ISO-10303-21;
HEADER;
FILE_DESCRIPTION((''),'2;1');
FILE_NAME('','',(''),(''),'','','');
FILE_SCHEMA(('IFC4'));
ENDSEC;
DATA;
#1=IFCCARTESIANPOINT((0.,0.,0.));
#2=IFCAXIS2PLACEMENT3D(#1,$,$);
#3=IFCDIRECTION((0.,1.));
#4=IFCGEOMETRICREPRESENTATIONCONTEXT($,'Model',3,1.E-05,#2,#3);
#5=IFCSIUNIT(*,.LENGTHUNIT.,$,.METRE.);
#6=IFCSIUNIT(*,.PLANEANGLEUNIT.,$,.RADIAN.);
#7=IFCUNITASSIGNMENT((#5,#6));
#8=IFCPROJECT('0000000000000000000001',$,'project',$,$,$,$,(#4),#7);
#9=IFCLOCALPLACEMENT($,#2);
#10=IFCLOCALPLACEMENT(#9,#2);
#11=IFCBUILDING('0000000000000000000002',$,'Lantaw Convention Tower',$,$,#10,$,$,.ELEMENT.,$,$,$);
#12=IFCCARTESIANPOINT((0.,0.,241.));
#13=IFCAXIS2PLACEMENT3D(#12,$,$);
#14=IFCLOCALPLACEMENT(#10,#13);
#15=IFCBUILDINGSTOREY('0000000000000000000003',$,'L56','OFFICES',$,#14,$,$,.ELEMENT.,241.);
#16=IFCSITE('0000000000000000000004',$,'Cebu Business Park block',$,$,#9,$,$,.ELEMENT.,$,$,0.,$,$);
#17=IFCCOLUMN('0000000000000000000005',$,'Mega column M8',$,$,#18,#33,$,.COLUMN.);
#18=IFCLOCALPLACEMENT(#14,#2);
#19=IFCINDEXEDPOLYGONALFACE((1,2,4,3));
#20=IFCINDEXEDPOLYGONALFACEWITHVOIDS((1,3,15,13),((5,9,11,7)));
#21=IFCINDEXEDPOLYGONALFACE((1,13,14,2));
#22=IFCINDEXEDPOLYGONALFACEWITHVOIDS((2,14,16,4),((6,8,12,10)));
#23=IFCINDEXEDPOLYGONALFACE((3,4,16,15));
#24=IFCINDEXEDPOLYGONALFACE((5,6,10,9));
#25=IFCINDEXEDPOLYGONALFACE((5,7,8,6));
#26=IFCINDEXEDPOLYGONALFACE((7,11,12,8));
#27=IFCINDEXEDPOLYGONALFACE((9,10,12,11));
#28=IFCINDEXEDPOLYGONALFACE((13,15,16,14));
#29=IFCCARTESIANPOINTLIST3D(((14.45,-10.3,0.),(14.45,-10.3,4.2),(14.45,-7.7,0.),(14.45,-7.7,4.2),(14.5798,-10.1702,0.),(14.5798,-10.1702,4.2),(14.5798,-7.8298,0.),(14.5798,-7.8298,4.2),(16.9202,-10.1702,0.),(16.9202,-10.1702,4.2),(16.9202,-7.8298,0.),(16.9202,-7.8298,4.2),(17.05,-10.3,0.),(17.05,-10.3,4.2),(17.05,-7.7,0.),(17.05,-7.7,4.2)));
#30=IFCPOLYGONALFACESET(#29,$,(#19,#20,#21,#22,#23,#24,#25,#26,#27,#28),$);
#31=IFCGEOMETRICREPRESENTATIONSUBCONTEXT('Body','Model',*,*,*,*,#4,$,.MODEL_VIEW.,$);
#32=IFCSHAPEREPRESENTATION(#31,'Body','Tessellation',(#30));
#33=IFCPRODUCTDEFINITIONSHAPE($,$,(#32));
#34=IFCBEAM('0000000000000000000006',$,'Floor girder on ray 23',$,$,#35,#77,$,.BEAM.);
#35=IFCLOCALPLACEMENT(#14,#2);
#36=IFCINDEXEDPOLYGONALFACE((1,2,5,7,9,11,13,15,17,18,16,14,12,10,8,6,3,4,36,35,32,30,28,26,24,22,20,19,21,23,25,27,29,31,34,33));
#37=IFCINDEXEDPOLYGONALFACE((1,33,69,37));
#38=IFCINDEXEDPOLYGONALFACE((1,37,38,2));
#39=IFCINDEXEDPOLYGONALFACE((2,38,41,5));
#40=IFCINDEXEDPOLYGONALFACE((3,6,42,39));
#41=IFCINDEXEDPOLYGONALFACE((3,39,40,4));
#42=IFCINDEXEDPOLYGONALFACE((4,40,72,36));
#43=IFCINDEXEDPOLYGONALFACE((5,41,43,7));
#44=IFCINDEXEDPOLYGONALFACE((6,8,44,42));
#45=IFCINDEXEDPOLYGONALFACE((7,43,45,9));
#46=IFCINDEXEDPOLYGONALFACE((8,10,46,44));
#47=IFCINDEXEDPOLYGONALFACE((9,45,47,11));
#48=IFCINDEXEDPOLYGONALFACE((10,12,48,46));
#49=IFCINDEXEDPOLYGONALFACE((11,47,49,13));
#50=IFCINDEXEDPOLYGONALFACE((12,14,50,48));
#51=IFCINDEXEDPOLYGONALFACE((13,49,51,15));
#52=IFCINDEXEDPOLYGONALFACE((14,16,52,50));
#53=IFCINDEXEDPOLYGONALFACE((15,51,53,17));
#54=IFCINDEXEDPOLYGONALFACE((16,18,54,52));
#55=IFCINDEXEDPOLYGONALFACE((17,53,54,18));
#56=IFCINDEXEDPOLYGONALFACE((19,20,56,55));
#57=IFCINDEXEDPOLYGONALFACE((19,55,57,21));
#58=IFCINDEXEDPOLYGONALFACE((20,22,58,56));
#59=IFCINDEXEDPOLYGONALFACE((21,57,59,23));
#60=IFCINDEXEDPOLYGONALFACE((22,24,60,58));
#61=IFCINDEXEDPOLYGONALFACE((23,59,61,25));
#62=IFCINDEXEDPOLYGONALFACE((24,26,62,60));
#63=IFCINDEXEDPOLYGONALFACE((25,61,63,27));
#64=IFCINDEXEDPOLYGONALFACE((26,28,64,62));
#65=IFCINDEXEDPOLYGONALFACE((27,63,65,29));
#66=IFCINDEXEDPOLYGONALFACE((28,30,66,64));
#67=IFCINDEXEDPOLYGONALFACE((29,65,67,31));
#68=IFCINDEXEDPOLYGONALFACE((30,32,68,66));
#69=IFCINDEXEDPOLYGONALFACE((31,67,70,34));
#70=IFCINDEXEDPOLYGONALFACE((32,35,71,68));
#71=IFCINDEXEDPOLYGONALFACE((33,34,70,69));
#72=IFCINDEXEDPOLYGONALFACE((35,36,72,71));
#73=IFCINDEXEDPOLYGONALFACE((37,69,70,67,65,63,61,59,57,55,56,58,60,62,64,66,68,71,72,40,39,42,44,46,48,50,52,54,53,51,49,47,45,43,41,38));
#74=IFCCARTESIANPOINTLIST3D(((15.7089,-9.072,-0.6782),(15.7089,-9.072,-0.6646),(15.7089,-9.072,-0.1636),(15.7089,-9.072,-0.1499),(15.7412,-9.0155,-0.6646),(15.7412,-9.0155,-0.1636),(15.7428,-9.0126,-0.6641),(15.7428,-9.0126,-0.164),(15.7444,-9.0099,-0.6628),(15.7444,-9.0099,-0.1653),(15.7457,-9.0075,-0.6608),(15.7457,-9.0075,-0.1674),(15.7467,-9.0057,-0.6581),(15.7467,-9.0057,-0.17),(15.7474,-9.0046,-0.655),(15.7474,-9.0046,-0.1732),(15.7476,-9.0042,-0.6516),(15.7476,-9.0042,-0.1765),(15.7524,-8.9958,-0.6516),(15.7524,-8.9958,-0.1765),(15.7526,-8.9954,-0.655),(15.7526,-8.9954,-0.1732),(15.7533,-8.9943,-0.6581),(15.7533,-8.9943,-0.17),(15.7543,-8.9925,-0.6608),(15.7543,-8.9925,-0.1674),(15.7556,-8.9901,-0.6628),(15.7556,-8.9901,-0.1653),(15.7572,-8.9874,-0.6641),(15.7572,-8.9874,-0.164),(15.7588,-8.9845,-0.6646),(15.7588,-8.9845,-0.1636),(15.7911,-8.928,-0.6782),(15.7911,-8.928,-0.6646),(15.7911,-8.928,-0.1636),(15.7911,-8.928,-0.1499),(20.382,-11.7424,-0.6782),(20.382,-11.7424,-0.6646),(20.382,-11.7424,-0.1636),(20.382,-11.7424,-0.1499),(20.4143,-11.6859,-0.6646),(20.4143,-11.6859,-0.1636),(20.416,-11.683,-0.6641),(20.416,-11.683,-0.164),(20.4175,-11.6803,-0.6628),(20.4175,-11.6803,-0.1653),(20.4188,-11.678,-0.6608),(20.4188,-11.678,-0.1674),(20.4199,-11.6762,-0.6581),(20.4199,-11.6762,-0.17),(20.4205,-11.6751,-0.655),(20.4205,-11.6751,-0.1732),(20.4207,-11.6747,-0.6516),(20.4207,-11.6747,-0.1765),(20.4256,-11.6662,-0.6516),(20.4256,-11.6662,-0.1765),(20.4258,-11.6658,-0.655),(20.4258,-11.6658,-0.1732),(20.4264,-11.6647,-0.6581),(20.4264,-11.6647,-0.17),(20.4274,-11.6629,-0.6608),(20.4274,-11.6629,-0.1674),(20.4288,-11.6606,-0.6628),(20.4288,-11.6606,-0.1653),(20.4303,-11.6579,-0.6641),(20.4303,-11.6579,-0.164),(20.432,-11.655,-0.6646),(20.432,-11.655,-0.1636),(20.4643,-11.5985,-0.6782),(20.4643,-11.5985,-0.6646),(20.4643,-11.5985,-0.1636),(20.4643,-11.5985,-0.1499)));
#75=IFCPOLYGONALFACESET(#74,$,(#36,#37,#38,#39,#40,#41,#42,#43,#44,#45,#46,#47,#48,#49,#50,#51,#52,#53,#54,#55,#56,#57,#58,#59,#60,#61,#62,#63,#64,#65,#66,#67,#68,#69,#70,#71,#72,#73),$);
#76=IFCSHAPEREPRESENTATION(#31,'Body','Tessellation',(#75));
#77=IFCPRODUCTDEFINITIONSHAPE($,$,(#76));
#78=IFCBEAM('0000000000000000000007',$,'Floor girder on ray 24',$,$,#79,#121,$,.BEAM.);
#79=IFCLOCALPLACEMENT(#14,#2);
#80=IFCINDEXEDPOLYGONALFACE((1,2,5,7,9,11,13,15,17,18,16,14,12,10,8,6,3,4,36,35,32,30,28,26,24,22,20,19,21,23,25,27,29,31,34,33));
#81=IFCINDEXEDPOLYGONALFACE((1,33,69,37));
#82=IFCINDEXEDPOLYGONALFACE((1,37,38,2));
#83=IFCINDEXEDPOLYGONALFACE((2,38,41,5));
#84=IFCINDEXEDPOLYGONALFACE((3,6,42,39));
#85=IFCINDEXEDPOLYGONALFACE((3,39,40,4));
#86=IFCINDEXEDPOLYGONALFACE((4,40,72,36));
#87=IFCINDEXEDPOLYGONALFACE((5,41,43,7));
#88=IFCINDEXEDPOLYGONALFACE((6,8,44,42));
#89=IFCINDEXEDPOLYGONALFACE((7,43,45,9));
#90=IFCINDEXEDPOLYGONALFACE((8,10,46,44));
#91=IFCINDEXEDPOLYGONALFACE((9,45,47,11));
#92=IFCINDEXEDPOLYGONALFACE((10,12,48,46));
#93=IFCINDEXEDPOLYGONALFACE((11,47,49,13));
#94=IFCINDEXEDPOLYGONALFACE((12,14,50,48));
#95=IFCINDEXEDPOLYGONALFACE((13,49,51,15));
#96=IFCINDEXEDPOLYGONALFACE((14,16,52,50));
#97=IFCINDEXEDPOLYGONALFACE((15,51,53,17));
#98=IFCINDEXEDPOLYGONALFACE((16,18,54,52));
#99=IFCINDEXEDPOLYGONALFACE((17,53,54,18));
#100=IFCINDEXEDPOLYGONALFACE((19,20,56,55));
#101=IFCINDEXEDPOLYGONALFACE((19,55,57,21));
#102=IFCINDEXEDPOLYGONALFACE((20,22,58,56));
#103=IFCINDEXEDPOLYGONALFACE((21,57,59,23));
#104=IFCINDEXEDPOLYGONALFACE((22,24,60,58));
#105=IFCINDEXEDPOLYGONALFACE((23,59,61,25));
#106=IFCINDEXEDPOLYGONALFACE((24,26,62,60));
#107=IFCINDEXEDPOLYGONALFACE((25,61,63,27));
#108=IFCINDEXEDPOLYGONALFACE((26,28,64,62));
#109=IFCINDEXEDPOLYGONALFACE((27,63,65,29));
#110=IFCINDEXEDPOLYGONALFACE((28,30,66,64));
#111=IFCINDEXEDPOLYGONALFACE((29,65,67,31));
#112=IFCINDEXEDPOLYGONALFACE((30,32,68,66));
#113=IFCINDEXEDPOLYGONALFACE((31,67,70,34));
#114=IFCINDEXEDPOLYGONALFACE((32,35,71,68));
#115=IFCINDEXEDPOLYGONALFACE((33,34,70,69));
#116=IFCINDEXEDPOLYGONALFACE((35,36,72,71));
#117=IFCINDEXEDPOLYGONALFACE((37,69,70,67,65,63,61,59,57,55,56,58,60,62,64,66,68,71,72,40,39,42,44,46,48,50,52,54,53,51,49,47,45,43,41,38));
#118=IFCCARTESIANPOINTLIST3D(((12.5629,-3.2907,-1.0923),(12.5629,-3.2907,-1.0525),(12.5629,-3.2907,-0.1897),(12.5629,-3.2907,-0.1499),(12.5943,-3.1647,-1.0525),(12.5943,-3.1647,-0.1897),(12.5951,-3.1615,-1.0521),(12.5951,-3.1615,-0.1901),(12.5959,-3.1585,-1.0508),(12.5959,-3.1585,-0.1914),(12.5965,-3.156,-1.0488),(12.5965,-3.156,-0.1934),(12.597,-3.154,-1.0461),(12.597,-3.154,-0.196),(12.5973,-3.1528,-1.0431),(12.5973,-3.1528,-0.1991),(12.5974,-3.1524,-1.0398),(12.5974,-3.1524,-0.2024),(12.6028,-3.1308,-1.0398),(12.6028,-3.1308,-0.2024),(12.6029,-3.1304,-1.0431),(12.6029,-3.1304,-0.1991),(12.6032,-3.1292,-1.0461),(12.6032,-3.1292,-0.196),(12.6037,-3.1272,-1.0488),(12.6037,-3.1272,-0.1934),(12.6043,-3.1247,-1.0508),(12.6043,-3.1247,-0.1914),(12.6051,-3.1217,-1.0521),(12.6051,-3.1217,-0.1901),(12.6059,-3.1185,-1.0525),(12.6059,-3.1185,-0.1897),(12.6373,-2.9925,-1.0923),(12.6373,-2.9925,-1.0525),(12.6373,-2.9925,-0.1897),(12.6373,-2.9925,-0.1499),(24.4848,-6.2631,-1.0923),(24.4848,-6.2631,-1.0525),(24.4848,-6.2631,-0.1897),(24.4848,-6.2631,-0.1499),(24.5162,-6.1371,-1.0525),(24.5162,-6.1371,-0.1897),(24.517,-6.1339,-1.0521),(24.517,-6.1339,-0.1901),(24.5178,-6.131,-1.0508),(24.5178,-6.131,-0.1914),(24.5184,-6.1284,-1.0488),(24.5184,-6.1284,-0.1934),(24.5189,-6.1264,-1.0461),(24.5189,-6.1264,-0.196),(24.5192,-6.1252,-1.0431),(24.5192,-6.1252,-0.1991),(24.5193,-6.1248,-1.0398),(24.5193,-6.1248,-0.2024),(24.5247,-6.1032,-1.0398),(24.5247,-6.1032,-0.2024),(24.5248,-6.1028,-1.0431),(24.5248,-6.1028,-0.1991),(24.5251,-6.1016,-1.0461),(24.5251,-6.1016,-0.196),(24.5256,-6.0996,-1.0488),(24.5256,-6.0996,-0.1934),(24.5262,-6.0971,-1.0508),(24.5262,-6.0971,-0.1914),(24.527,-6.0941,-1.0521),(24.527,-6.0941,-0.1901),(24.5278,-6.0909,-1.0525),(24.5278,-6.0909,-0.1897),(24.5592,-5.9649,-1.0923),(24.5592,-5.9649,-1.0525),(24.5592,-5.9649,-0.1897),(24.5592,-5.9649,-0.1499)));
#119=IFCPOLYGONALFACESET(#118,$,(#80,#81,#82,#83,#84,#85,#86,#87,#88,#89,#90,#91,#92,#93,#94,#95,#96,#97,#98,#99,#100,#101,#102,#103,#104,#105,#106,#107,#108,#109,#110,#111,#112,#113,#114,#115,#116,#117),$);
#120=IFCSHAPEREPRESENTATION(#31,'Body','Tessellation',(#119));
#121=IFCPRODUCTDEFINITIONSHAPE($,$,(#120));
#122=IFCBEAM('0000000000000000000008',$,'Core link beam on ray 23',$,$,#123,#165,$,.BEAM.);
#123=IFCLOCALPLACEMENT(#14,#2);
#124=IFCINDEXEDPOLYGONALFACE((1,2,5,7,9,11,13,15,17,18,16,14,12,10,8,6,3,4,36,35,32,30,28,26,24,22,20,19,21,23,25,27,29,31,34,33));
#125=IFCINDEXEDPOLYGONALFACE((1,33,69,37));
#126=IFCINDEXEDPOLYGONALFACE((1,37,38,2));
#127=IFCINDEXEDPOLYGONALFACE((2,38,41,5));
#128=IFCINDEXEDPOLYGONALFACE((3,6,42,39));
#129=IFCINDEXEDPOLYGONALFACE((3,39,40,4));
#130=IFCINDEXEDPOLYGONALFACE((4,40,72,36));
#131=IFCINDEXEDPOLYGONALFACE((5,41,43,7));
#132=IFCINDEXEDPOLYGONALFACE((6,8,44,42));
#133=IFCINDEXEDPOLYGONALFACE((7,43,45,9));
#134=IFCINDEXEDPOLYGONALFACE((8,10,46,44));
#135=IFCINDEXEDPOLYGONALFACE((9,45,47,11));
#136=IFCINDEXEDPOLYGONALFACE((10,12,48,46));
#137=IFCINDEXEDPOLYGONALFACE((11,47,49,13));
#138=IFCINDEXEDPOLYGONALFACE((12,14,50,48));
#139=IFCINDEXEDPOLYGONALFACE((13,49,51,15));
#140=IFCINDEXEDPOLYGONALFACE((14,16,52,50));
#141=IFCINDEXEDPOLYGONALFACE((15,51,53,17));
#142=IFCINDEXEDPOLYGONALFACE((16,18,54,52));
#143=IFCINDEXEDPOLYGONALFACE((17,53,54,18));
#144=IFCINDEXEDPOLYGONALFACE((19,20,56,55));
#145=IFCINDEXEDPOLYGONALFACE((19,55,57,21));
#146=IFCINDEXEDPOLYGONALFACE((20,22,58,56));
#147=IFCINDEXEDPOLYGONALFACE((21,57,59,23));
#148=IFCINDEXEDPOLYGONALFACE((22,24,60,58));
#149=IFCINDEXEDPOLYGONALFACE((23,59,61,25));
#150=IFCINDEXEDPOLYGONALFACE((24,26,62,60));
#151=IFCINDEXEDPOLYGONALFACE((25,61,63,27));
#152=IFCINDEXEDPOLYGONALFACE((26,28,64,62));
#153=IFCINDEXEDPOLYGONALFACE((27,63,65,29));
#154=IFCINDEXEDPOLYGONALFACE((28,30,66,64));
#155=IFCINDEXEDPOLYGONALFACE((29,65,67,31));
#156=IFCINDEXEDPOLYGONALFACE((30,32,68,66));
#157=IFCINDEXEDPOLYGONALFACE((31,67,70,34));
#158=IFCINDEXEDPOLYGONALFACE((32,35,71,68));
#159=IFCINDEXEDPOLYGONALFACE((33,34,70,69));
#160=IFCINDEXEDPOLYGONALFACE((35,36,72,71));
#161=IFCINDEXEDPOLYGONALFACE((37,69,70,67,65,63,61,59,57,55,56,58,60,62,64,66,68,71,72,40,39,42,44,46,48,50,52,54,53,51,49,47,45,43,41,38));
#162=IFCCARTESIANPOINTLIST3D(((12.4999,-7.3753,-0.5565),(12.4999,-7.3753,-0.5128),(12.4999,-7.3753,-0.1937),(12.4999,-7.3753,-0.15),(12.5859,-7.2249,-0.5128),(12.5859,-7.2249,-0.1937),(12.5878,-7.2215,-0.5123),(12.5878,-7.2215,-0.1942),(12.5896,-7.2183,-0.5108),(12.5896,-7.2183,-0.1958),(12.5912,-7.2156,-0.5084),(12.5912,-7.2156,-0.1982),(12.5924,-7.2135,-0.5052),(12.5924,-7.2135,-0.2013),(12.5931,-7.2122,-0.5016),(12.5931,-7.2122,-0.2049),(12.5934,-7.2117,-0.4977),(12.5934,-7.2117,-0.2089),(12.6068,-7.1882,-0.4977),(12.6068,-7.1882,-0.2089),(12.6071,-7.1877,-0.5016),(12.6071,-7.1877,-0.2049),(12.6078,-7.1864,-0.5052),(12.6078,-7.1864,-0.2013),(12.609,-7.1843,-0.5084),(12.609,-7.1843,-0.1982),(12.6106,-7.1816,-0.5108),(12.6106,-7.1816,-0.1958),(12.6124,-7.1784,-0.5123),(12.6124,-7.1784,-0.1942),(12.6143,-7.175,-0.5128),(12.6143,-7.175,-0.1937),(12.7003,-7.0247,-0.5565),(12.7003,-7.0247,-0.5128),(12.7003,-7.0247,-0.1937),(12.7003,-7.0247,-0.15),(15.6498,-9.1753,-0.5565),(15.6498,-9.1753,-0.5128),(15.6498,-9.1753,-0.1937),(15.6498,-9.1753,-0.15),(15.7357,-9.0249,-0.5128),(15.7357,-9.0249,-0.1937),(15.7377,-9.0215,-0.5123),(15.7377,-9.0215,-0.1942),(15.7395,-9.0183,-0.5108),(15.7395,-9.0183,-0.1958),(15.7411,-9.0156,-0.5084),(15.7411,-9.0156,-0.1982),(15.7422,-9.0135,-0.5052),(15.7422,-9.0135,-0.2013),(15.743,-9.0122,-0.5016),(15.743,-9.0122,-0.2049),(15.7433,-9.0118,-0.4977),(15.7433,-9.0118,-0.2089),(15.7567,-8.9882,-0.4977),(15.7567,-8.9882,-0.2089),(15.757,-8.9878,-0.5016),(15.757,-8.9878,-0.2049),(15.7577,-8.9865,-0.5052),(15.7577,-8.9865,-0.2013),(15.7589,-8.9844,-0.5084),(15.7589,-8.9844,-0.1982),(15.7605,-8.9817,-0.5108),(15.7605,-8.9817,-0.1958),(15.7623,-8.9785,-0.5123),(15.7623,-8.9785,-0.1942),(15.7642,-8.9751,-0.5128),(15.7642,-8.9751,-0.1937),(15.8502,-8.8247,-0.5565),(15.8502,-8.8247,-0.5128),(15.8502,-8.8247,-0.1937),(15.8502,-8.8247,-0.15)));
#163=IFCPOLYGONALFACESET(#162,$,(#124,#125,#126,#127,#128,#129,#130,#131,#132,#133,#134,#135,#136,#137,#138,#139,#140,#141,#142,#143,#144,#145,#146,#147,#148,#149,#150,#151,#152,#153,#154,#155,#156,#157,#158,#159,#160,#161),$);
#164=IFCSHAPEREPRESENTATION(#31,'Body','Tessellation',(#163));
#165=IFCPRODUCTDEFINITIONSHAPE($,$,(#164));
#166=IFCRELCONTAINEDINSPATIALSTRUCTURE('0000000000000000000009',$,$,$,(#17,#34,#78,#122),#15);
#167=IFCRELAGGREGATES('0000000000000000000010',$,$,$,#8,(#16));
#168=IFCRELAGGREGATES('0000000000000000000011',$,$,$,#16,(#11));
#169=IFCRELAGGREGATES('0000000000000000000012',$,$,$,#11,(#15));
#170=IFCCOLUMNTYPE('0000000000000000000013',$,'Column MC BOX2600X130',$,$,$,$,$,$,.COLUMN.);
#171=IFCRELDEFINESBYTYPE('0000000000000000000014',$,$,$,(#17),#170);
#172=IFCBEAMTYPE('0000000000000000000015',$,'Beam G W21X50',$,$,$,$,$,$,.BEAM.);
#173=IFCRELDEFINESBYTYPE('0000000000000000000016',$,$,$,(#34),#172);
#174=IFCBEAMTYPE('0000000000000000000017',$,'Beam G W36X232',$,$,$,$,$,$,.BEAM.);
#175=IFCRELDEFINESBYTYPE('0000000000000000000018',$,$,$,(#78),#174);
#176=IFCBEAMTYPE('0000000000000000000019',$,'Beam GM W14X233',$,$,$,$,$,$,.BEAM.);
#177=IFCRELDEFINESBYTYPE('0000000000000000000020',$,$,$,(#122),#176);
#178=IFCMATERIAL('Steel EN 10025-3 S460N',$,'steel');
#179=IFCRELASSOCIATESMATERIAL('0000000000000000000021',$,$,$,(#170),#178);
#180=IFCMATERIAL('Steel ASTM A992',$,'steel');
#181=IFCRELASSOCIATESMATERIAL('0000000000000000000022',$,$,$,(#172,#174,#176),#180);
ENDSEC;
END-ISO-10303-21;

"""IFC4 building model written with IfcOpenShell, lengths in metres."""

from ifc_helpers import new_model, si_unit, direction, frame, origin, origin_2d, place, context, subcontext, project, spatial, rectangle, hollow_rectangle, i_section, extrude, material, material_profile, profile_set, type_object, element, save


model = new_model("IFC4")

# Units and contexts
model_context = context("Model", 3, precision=1e-05, world=origin(), true_north=direction((0.0, 1.0)))
body_context = subcontext(model_context, "Body", "Model", "MODEL_VIEW")
ifc_project = project(units=[si_unit("LENGTHUNIT", "METRE"), si_unit("PLANEANGLEUNIT", "RADIAN")], contexts=[model_context])

# Site, building, storey
site_placement = place(None, origin())
site = spatial("IfcSite", under=ifc_project, at=site_placement, Name="Cebu Business Park block", CompositionType="ELEMENT", RefElevation=0.0)
building_placement = place(site_placement, origin())
building = spatial("IfcBuilding", under=site, at=building_placement, Name="Lantaw Convention Tower", CompositionType="ELEMENT")
storey_placement = place(building_placement, frame((0.0, 0.0, 241.0)))
storey = spatial("IfcBuildingStorey", under=building, at=storey_placement, Name="L56", Description="OFFICES", CompositionType="ELEMENT", Elevation=241.0)

# Column
ifc_material_1 = material(Name="Steel EN 10025-3 S460N", Category="steel")
ifc_material_profile_1 = material_profile(ifc_material_1, hollow_rectangle(XDim=2.6001, YDim=2.6001, WallThickness=0.1299, at=origin_2d()), Name="BOX2600X130")
ifc_material_2 = material(Name="Concrete C60/75", Category="concrete")
ifc_material_profile_2 = material_profile(ifc_material_2, rectangle(XDim=2.3401, YDim=2.3401, at=origin_2d()), Name="Concrete fill of BOX2600X130")
ifc_profile_set_1 = profile_set([ifc_material_profile_1, ifc_material_profile_2], Name="Steel EN 10025-3 S460N")
column_type = type_object("IfcColumnType", Name="Column MC BOX2600X130", PredefinedType="COLUMN", material=ifc_profile_set_1)
column_placement = place(storey_placement, frame((15.75, -9.0, 0.0), z_axis=(0.0, 0.0, 1.0), x_axis=(1.0, 0.0, 0.0)))
element("IfcColumn", 1, at=column_placement, inside=storey, type_object=column_type, Name="Mega column M8", PredefinedType="COLUMN", context=body_context, shape_type="SweptSolid", body=[
    extrude(hollow_rectangle(XDim=2.6001, YDim=2.6001, WallThickness=0.1299, at=origin_2d()), origin(), (0.0, 0.0, 1.0), 4.2),
])

# Beams
ifc_material_3 = material(Name="Steel ASTM A992", Category="steel")
ifc_material_profile_3 = material_profile(ifc_material_3, i_section(OverallWidth=0.1658, OverallDepth=0.5283, WebThickness=0.0098, FlangeThickness=0.0137, FilletRadius=0.0129, at=origin_2d()), Name="W21X50")
ifc_profile_set_2 = profile_set([ifc_material_profile_3], Name="Steel ASTM A992")
beam_type_1 = type_object("IfcBeamType", Name="Beam G W21X50", PredefinedType="BEAM", material=ifc_profile_set_2)
beam_1_placement = place(storey_placement, frame((15.75, -9.0, -0.4141), z_axis=(0.868238, -0.496149, 0.0), x_axis=(0.496149, 0.868238, 0.0)))
element("IfcBeam", 2, at=beam_1_placement, inside=storey, type_object=beam_type_1, Name="Floor girder on ray 23", PredefinedType="BEAM", context=body_context, shape_type="SweptSolid", body=[
    extrude(i_section(OverallWidth=0.1658, OverallDepth=0.5283, WebThickness=0.0098, FlangeThickness=0.0137, FilletRadius=0.0129, at=origin_2d()), origin(), (0.0, 0.0, 1.0), 5.3823),
])
ifc_material_profile_4 = material_profile(ifc_material_3, i_section(OverallWidth=0.3074, OverallDepth=0.9424, WebThickness=0.0222, FlangeThickness=0.0398, FilletRadius=0.0127, at=origin_2d()), Name="W36X232")
ifc_profile_set_3 = profile_set([ifc_material_profile_4], Name="Steel ASTM A992")
beam_type_2 = type_object("IfcBeamType", Name="Beam G W36X232", PredefinedType="BEAM", material=ifc_profile_set_3)
beam_2_placement = place(storey_placement, frame((12.6001, -3.1416, -0.6211), z_axis=(0.970297, -0.241918, 0.0), x_axis=(0.241918, 0.970297, 0.0)))
element("IfcBeam", 3, at=beam_2_placement, inside=storey, type_object=beam_type_2, Name="Floor girder on ray 24", PredefinedType="BEAM", context=body_context, shape_type="SweptSolid", body=[
    extrude(i_section(OverallWidth=0.3074, OverallDepth=0.9424, WebThickness=0.0222, FlangeThickness=0.0398, FilletRadius=0.0127, at=origin_2d()), origin(), (0.0, 0.0, 1.0), 12.2869),
])
ifc_material_profile_5 = material_profile(ifc_material_3, i_section(OverallWidth=0.4038, OverallDepth=0.4065, WebThickness=0.0271, FlangeThickness=0.0437, FilletRadius=0.0151, at=origin_2d()), Name="W14X233")
ifc_profile_set_4 = profile_set([ifc_material_profile_5], Name="Steel ASTM A992")
beam_type_3 = type_object("IfcBeamType", Name="Beam GM W14X233", PredefinedType="BEAM", material=ifc_profile_set_4)
beam_3_placement = place(storey_placement, frame((12.6001, -7.2, -0.3533), z_axis=(0.868231, -0.496161, 0.0), x_axis=(0.496161, 0.868231, 0.0)))
element("IfcBeam", 4, at=beam_3_placement, inside=storey, type_object=beam_type_3, Name="Core link beam on ray 23", PredefinedType="BEAM", context=body_context, shape_type="SweptSolid", body=[
    extrude(i_section(OverallWidth=0.4038, OverallDepth=0.4065, WebThickness=0.0271, FlangeThickness=0.0437, FilletRadius=0.0151, at=origin_2d()), origin(), (0.0, 0.0, 1.0), 3.6279),
])

save(model, "model.ifc")
